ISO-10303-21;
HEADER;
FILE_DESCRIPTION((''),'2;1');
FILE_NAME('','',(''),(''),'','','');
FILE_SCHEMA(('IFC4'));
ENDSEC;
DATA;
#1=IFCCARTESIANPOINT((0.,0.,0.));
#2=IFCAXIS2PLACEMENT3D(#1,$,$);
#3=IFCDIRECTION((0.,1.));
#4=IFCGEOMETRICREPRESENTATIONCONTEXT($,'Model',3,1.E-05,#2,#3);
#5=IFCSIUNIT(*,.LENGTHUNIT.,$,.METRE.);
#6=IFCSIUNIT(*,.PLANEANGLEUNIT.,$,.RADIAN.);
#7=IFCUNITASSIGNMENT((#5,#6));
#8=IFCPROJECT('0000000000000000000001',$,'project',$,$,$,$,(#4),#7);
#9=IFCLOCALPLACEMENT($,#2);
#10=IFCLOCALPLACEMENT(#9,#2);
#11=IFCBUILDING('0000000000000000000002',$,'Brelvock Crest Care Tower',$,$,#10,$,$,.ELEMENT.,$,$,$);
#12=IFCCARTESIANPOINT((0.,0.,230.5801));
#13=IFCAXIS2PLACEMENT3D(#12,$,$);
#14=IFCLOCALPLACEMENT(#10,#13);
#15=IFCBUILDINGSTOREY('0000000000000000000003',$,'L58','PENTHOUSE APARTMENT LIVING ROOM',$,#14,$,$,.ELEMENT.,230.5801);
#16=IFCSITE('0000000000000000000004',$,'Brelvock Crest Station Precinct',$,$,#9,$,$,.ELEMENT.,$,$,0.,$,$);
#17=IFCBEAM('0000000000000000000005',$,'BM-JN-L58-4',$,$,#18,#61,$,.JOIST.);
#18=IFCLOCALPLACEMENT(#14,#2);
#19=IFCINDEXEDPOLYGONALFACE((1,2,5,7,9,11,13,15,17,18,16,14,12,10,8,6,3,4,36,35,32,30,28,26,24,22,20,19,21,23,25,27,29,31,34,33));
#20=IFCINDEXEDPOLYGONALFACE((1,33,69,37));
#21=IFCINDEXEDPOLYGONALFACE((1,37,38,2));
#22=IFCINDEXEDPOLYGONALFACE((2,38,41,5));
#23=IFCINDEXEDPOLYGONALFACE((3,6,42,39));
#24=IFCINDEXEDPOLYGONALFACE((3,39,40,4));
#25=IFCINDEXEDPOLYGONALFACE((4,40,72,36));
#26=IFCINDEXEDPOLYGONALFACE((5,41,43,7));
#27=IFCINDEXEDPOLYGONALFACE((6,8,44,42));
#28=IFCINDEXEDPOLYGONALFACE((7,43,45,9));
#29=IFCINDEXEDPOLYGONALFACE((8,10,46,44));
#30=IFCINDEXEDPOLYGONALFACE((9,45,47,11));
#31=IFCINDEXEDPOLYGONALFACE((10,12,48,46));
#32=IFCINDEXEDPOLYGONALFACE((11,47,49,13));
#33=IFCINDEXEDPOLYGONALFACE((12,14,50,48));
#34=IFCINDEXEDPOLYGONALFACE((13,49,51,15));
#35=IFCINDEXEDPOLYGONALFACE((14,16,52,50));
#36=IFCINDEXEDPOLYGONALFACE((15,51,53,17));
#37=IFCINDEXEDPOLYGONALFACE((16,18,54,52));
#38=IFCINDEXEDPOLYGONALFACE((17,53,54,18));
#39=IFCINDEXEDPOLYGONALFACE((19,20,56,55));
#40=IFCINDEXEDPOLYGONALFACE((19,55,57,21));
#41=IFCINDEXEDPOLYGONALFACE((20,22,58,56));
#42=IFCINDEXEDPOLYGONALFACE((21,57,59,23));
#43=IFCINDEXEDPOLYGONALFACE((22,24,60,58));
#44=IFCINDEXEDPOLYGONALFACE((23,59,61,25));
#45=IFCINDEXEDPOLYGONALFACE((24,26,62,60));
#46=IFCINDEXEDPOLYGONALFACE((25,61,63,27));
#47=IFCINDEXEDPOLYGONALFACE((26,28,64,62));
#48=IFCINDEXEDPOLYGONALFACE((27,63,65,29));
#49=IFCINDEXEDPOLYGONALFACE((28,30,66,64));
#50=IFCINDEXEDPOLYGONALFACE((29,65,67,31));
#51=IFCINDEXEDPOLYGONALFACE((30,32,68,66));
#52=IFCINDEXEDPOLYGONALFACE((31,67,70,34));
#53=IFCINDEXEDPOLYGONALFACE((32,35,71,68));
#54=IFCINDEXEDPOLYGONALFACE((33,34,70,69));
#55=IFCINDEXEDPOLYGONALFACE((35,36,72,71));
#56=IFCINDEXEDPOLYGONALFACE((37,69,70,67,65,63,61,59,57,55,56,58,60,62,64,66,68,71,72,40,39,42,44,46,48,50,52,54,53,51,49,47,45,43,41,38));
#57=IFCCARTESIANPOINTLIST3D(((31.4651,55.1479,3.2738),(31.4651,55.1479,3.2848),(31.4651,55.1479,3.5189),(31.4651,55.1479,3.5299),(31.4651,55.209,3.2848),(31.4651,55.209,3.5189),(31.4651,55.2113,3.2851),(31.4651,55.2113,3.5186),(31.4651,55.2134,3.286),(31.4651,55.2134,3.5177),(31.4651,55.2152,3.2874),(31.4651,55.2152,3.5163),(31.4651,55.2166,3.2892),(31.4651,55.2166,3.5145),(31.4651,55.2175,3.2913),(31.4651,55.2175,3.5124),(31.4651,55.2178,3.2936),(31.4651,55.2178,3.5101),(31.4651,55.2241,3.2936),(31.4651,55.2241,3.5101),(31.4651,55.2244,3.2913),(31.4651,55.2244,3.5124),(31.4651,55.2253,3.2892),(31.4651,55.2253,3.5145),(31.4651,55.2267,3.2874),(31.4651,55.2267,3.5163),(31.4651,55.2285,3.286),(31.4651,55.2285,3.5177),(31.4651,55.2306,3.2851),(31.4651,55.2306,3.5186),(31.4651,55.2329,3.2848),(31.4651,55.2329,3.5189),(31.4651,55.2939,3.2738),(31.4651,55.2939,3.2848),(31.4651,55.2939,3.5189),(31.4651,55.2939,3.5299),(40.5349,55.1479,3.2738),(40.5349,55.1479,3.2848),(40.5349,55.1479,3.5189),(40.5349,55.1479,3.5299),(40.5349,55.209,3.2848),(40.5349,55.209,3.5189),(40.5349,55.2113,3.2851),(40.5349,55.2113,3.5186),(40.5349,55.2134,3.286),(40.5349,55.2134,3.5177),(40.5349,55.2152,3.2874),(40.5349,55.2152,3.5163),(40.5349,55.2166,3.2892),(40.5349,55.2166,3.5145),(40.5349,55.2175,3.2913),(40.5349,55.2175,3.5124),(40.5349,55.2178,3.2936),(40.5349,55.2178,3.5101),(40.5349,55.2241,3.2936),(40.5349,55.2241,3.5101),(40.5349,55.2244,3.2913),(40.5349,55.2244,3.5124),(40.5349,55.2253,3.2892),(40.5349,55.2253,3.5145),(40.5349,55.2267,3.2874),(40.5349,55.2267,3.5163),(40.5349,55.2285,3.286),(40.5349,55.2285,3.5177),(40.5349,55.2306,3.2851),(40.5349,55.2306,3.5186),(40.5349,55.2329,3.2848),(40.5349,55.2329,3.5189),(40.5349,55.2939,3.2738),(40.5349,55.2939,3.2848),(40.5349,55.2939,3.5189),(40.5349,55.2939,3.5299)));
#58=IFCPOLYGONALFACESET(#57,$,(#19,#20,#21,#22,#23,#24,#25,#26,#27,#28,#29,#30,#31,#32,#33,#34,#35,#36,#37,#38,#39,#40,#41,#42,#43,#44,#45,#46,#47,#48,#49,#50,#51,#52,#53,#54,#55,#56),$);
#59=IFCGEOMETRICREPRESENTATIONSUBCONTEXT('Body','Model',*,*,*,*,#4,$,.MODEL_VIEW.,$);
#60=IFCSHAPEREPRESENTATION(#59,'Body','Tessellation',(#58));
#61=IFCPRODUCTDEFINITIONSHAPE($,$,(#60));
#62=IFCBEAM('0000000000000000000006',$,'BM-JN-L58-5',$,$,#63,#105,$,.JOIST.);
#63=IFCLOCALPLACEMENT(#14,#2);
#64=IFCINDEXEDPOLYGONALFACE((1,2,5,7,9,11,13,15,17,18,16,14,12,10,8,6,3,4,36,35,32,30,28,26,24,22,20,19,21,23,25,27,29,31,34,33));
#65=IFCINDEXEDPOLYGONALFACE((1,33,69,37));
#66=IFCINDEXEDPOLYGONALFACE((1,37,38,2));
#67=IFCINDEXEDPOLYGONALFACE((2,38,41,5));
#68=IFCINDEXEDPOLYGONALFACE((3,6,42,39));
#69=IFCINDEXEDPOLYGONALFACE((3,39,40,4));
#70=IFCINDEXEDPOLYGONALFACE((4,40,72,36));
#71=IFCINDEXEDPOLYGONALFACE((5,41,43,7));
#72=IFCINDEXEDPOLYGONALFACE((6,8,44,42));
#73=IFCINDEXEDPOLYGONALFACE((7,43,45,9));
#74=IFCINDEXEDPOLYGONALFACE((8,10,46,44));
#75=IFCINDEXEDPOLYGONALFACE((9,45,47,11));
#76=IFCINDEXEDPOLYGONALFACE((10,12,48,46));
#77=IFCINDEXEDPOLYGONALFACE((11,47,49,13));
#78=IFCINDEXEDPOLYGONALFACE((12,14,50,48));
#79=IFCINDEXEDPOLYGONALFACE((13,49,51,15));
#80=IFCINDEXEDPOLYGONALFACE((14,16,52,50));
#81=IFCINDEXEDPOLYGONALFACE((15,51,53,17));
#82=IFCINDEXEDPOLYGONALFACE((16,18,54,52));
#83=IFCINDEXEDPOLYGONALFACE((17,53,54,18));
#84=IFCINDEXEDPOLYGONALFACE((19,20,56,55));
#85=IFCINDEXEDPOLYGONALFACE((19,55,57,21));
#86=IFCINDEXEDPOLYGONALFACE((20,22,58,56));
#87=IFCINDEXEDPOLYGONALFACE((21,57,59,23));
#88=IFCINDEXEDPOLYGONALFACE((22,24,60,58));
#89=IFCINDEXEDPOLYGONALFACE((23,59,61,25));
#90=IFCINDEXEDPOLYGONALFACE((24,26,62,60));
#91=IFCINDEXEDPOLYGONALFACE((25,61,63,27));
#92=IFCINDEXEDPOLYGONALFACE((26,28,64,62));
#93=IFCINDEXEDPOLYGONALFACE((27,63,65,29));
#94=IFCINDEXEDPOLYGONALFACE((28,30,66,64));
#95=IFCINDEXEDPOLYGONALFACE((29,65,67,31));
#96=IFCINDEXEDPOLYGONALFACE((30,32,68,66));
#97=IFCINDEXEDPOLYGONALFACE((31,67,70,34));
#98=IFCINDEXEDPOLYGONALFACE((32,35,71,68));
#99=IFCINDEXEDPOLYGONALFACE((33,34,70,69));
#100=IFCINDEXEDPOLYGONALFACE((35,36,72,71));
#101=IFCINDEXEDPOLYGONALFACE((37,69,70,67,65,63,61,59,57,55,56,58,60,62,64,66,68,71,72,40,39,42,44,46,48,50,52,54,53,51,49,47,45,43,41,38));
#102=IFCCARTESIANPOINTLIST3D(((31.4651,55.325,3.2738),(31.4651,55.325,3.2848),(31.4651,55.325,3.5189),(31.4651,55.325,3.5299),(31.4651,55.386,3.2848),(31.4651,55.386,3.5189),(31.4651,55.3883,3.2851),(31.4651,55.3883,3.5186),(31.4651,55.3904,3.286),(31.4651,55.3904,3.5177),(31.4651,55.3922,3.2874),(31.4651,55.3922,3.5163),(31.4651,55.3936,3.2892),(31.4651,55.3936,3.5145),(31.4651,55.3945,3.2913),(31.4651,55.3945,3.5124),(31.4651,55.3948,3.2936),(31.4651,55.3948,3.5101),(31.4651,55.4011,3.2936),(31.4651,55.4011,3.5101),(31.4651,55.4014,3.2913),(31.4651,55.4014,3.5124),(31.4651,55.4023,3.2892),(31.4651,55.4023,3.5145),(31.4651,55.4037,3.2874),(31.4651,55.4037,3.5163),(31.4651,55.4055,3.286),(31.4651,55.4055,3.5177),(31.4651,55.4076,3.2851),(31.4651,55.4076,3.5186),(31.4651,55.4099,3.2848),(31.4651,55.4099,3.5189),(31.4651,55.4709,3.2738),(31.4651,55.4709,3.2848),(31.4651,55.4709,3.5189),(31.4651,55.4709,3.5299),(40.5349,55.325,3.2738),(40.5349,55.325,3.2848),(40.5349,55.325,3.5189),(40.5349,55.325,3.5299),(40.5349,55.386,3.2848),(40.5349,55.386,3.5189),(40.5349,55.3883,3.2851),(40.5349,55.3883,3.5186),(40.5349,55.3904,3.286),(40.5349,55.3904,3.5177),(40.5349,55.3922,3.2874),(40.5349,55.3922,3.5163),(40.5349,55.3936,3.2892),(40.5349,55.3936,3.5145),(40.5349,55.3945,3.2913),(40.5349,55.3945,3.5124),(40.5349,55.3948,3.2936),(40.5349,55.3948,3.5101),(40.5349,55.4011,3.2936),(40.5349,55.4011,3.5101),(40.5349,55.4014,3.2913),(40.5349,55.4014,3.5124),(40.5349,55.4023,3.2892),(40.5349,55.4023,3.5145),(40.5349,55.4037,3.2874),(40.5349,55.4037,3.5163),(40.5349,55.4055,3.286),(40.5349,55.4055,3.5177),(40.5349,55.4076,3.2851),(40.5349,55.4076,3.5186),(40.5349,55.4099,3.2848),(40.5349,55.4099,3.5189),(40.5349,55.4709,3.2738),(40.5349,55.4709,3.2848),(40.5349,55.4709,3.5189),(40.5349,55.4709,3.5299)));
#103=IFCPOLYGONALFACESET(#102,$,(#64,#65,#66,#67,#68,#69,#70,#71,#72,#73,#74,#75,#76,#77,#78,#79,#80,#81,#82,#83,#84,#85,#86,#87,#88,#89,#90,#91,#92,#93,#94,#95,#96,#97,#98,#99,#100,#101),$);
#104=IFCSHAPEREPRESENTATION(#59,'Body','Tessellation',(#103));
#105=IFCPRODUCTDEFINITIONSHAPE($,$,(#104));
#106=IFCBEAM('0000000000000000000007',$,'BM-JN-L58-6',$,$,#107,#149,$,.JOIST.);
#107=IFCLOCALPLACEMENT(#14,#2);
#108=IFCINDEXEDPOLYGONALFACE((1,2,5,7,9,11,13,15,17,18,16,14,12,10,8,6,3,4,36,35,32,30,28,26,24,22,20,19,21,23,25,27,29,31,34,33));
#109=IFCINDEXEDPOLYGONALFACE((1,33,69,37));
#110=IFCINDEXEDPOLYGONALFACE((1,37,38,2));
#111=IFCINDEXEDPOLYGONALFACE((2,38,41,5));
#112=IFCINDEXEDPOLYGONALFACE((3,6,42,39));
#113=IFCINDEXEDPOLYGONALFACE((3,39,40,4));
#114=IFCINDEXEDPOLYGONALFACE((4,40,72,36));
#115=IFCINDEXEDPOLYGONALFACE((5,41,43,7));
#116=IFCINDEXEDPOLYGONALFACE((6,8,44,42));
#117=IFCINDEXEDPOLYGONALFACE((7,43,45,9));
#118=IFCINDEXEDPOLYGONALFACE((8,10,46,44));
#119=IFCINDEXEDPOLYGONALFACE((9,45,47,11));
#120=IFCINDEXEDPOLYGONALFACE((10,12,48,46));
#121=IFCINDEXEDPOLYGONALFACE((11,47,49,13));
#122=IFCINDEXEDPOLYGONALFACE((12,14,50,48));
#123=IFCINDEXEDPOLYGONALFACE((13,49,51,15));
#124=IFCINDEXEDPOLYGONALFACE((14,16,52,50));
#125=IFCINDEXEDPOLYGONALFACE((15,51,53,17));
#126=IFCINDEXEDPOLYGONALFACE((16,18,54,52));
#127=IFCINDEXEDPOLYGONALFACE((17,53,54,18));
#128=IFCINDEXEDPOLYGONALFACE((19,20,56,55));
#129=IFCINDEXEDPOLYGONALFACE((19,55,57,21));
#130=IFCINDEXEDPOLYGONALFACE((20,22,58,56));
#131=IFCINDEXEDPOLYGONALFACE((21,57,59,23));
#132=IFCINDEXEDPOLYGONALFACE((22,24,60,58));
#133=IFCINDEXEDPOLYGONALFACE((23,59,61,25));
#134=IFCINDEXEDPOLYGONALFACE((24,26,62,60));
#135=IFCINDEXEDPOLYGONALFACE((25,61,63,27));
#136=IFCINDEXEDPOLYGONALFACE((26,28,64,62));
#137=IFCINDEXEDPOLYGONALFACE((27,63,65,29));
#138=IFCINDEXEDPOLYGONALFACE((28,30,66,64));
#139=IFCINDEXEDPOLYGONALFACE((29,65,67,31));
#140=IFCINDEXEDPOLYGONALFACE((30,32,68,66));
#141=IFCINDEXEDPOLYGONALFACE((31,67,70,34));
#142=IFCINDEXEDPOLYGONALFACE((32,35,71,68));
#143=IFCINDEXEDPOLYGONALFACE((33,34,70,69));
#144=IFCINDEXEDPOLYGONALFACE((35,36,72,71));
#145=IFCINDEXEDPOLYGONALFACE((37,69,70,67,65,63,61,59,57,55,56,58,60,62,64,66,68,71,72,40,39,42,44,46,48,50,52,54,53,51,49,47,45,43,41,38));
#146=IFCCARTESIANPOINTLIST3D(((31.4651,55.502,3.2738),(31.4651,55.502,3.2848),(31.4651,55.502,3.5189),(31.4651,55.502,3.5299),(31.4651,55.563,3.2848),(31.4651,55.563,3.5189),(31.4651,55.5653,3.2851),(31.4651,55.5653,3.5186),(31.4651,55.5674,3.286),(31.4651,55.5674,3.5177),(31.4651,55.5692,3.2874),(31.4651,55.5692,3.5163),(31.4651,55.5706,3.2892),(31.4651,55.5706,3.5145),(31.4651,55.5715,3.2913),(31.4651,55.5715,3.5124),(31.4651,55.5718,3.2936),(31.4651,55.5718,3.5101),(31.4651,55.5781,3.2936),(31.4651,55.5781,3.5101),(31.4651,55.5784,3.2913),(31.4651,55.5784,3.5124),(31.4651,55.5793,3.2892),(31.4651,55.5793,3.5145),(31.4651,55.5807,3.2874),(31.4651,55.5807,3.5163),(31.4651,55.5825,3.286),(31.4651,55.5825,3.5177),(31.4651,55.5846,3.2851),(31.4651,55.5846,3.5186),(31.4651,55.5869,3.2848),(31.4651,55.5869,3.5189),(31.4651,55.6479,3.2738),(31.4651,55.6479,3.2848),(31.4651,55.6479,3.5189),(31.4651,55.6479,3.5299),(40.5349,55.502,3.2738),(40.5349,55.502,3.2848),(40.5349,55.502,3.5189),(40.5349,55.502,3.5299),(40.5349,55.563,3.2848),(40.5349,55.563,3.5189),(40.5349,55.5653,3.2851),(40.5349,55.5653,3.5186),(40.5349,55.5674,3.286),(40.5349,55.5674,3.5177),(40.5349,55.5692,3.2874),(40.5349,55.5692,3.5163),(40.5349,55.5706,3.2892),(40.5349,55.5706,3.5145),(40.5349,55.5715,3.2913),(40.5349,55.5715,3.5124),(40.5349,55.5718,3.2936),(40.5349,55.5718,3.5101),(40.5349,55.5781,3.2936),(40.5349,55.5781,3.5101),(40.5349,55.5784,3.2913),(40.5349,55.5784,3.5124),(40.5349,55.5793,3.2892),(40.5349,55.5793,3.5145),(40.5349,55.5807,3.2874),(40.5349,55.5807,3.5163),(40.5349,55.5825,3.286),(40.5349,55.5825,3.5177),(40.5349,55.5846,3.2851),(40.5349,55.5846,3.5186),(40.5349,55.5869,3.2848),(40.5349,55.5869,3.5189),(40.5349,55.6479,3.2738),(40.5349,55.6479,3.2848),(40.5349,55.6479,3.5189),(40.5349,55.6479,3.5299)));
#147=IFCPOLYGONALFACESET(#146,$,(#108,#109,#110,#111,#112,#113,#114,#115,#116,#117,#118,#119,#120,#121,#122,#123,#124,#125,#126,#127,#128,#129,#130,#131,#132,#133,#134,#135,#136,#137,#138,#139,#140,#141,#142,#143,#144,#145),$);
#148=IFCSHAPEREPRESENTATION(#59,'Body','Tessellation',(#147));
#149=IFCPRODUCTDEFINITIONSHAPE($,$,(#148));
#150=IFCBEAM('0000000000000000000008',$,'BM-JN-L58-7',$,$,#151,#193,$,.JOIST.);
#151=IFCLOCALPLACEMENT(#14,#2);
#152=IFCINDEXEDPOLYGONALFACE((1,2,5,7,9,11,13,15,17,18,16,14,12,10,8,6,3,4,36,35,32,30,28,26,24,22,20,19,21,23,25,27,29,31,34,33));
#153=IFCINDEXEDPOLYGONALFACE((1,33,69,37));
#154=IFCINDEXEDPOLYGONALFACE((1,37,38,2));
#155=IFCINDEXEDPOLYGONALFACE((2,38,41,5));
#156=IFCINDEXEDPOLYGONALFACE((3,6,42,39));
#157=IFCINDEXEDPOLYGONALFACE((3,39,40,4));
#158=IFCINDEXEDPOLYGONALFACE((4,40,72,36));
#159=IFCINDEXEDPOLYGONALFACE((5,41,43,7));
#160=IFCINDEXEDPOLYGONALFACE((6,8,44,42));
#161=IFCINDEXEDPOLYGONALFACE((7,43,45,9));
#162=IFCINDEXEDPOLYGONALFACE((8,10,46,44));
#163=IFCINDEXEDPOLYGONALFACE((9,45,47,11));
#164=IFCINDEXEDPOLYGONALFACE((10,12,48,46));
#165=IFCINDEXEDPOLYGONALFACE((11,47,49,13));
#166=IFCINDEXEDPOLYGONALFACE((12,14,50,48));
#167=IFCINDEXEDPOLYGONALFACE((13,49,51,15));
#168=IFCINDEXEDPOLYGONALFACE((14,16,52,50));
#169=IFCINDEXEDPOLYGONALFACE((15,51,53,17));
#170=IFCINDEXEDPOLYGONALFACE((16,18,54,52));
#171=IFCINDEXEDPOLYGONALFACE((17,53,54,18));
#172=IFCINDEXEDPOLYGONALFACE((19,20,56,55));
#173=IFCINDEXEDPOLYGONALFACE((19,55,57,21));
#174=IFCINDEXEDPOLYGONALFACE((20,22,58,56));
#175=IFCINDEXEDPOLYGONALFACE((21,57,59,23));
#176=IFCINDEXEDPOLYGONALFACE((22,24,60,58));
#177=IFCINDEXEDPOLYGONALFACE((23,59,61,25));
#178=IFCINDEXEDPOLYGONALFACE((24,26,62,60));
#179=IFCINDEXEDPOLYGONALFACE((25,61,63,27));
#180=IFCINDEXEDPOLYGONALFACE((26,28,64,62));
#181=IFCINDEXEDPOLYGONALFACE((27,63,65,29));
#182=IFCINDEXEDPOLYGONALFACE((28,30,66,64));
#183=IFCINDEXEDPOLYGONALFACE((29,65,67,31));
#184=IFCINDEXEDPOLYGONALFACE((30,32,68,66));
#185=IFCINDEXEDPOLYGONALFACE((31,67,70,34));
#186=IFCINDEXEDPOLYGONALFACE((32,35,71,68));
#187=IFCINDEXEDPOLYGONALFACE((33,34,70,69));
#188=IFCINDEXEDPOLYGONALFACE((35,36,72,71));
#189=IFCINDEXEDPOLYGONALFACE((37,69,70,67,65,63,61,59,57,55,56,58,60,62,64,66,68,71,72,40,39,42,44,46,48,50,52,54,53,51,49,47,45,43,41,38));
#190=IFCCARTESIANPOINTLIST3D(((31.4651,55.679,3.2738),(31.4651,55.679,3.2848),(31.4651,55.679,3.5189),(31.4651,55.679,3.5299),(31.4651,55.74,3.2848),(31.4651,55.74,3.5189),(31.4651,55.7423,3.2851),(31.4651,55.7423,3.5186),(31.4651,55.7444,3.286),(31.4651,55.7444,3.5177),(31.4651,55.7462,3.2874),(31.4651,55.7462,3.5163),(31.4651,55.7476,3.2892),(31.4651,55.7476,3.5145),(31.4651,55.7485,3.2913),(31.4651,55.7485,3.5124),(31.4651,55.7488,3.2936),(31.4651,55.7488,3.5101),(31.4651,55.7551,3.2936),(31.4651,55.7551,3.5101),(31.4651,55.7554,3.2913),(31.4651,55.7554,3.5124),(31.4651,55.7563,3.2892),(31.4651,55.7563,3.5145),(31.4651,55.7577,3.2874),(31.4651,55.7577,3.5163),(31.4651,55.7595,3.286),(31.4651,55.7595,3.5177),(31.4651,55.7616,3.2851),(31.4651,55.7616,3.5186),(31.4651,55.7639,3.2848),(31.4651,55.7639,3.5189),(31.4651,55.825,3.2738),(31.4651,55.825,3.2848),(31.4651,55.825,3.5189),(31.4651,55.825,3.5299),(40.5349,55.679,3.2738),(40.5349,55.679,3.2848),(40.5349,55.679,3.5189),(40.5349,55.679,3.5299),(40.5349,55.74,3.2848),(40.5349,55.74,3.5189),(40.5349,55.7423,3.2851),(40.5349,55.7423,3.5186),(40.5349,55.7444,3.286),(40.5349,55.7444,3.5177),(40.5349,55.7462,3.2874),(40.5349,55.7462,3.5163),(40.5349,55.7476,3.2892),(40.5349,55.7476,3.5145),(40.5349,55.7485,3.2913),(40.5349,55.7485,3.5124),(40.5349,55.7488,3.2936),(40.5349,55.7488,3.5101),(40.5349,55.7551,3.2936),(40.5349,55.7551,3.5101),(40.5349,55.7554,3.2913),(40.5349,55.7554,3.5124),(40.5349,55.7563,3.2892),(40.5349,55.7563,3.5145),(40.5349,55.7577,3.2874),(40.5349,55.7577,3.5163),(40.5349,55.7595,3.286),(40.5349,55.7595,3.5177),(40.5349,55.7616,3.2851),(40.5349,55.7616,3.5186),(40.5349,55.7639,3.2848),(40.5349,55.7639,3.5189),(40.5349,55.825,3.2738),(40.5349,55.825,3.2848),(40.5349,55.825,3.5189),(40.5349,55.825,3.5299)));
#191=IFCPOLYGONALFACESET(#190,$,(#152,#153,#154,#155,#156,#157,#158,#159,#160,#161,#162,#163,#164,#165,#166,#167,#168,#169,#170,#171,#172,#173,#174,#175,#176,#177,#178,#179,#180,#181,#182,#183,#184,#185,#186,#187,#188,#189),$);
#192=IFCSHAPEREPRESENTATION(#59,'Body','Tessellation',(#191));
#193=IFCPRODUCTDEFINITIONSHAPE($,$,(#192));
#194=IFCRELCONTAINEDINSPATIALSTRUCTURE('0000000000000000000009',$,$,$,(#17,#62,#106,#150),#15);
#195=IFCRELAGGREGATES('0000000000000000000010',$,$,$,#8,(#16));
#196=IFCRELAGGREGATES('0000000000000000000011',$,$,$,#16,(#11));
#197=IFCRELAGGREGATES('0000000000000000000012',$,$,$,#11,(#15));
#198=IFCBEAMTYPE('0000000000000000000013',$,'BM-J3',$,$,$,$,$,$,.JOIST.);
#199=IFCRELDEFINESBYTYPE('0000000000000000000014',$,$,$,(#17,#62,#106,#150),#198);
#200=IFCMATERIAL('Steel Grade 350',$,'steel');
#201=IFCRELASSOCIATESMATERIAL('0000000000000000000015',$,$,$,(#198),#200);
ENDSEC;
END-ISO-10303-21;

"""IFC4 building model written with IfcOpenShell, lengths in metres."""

from ifc_helpers import new_model, si_unit, direction, frame, origin, origin_2d, place, context, subcontext, project, spatial, i_section, extrude, source, transform, mapped, material, material_profile, profile_set, type_object, element, save


model = new_model("IFC4")

# Units and contexts
model_context = context("Model", 3, precision=1e-05, world=origin(), true_north=direction((0.0, 1.0)))
body_context = subcontext(model_context, "Body", "Model", "MODEL_VIEW")
ifc_project = project(units=[si_unit("LENGTHUNIT", "METRE"), si_unit("PLANEANGLEUNIT", "RADIAN")], contexts=[model_context])

# Site, building, storey
site_placement = place(None, origin())
site = spatial("IfcSite", under=ifc_project, at=site_placement, Name="Brelvock Crest Station Precinct", CompositionType="ELEMENT", RefElevation=0.0)
building_placement = place(site_placement, origin())
building = spatial("IfcBuilding", under=site, at=building_placement, Name="Brelvock Crest Care Tower", CompositionType="ELEMENT")
storey_placement = place(building_placement, frame((0.0, 0.0, 230.5801)))
storey = spatial("IfcBuildingStorey", under=building, at=storey_placement, Name="L58", Description="PENTHOUSE APARTMENT LIVING ROOM", CompositionType="ELEMENT", Elevation=230.5801)

# Shared definitions
ifc_material_1 = material(Name="Steel Grade 350", Category="steel")

# Beams
ifc_material_profile_1 = material_profile(ifc_material_1, i_section(OverallWidth=0.146, OverallDepth=0.2561, WebThickness=0.0063, FlangeThickness=0.011, FilletRadius=0.0088, at=origin_2d()), Name="250UB37.3")
ifc_profile_set_1 = profile_set([ifc_material_profile_1], Name="Steel Grade 350")
beam_type_1 = type_object("IfcBeamType", Name="BM-J3", PredefinedType="JOIST", material=ifc_profile_set_1)
shared_shape_1 = source(origin(), body_context, "Body", "SweptSolid", [
    extrude(i_section(OverallWidth=0.146, OverallDepth=0.2561, WebThickness=0.0063, FlangeThickness=0.011, FilletRadius=0.0088, at=origin_2d()), origin(), (0.0, 0.0, 1.0), 9.0698),
])
for number, where, z_axis, x_axis, name in (
    (1, (31.4651, 55.2209, 3.4019), (1.0, 0.0, 0.0), (0.0, 1.0, 0.0), "BM-JN-L58-4"),
    (2, (31.4651, 55.3979, 3.4019), (1.0, 0.0, 0.0), (0.0, 1.0, 0.0), "BM-JN-L58-5"),
    (3, (31.4651, 55.575, 3.4019), (1.0, 0.0, 0.0), (0.0, 1.0, 0.0), "BM-JN-L58-6"),
    (4, (31.4651, 55.752, 3.4019), (1.0, 0.0, 0.0), (0.0, 1.0, 0.0), "BM-JN-L58-7"),
):
    element("IfcBeam", number, at=place(storey_placement, frame(where, z_axis=z_axis, x_axis=x_axis)), inside=storey, type_object=beam_type_1, Name=name, PredefinedType="JOIST", context=body_context, shape_type="MappedRepresentation", body=[
        mapped(shared_shape_1, transform((0.0, 0.0, 0.0), x_axis=(1.0, 0.0, 0.0), y_axis=(0.0, 1.0, 0.0), z_axis=(0.0, 0.0, 1.0), scale=1.0)),
    ])

save(model, "model.ifc")
